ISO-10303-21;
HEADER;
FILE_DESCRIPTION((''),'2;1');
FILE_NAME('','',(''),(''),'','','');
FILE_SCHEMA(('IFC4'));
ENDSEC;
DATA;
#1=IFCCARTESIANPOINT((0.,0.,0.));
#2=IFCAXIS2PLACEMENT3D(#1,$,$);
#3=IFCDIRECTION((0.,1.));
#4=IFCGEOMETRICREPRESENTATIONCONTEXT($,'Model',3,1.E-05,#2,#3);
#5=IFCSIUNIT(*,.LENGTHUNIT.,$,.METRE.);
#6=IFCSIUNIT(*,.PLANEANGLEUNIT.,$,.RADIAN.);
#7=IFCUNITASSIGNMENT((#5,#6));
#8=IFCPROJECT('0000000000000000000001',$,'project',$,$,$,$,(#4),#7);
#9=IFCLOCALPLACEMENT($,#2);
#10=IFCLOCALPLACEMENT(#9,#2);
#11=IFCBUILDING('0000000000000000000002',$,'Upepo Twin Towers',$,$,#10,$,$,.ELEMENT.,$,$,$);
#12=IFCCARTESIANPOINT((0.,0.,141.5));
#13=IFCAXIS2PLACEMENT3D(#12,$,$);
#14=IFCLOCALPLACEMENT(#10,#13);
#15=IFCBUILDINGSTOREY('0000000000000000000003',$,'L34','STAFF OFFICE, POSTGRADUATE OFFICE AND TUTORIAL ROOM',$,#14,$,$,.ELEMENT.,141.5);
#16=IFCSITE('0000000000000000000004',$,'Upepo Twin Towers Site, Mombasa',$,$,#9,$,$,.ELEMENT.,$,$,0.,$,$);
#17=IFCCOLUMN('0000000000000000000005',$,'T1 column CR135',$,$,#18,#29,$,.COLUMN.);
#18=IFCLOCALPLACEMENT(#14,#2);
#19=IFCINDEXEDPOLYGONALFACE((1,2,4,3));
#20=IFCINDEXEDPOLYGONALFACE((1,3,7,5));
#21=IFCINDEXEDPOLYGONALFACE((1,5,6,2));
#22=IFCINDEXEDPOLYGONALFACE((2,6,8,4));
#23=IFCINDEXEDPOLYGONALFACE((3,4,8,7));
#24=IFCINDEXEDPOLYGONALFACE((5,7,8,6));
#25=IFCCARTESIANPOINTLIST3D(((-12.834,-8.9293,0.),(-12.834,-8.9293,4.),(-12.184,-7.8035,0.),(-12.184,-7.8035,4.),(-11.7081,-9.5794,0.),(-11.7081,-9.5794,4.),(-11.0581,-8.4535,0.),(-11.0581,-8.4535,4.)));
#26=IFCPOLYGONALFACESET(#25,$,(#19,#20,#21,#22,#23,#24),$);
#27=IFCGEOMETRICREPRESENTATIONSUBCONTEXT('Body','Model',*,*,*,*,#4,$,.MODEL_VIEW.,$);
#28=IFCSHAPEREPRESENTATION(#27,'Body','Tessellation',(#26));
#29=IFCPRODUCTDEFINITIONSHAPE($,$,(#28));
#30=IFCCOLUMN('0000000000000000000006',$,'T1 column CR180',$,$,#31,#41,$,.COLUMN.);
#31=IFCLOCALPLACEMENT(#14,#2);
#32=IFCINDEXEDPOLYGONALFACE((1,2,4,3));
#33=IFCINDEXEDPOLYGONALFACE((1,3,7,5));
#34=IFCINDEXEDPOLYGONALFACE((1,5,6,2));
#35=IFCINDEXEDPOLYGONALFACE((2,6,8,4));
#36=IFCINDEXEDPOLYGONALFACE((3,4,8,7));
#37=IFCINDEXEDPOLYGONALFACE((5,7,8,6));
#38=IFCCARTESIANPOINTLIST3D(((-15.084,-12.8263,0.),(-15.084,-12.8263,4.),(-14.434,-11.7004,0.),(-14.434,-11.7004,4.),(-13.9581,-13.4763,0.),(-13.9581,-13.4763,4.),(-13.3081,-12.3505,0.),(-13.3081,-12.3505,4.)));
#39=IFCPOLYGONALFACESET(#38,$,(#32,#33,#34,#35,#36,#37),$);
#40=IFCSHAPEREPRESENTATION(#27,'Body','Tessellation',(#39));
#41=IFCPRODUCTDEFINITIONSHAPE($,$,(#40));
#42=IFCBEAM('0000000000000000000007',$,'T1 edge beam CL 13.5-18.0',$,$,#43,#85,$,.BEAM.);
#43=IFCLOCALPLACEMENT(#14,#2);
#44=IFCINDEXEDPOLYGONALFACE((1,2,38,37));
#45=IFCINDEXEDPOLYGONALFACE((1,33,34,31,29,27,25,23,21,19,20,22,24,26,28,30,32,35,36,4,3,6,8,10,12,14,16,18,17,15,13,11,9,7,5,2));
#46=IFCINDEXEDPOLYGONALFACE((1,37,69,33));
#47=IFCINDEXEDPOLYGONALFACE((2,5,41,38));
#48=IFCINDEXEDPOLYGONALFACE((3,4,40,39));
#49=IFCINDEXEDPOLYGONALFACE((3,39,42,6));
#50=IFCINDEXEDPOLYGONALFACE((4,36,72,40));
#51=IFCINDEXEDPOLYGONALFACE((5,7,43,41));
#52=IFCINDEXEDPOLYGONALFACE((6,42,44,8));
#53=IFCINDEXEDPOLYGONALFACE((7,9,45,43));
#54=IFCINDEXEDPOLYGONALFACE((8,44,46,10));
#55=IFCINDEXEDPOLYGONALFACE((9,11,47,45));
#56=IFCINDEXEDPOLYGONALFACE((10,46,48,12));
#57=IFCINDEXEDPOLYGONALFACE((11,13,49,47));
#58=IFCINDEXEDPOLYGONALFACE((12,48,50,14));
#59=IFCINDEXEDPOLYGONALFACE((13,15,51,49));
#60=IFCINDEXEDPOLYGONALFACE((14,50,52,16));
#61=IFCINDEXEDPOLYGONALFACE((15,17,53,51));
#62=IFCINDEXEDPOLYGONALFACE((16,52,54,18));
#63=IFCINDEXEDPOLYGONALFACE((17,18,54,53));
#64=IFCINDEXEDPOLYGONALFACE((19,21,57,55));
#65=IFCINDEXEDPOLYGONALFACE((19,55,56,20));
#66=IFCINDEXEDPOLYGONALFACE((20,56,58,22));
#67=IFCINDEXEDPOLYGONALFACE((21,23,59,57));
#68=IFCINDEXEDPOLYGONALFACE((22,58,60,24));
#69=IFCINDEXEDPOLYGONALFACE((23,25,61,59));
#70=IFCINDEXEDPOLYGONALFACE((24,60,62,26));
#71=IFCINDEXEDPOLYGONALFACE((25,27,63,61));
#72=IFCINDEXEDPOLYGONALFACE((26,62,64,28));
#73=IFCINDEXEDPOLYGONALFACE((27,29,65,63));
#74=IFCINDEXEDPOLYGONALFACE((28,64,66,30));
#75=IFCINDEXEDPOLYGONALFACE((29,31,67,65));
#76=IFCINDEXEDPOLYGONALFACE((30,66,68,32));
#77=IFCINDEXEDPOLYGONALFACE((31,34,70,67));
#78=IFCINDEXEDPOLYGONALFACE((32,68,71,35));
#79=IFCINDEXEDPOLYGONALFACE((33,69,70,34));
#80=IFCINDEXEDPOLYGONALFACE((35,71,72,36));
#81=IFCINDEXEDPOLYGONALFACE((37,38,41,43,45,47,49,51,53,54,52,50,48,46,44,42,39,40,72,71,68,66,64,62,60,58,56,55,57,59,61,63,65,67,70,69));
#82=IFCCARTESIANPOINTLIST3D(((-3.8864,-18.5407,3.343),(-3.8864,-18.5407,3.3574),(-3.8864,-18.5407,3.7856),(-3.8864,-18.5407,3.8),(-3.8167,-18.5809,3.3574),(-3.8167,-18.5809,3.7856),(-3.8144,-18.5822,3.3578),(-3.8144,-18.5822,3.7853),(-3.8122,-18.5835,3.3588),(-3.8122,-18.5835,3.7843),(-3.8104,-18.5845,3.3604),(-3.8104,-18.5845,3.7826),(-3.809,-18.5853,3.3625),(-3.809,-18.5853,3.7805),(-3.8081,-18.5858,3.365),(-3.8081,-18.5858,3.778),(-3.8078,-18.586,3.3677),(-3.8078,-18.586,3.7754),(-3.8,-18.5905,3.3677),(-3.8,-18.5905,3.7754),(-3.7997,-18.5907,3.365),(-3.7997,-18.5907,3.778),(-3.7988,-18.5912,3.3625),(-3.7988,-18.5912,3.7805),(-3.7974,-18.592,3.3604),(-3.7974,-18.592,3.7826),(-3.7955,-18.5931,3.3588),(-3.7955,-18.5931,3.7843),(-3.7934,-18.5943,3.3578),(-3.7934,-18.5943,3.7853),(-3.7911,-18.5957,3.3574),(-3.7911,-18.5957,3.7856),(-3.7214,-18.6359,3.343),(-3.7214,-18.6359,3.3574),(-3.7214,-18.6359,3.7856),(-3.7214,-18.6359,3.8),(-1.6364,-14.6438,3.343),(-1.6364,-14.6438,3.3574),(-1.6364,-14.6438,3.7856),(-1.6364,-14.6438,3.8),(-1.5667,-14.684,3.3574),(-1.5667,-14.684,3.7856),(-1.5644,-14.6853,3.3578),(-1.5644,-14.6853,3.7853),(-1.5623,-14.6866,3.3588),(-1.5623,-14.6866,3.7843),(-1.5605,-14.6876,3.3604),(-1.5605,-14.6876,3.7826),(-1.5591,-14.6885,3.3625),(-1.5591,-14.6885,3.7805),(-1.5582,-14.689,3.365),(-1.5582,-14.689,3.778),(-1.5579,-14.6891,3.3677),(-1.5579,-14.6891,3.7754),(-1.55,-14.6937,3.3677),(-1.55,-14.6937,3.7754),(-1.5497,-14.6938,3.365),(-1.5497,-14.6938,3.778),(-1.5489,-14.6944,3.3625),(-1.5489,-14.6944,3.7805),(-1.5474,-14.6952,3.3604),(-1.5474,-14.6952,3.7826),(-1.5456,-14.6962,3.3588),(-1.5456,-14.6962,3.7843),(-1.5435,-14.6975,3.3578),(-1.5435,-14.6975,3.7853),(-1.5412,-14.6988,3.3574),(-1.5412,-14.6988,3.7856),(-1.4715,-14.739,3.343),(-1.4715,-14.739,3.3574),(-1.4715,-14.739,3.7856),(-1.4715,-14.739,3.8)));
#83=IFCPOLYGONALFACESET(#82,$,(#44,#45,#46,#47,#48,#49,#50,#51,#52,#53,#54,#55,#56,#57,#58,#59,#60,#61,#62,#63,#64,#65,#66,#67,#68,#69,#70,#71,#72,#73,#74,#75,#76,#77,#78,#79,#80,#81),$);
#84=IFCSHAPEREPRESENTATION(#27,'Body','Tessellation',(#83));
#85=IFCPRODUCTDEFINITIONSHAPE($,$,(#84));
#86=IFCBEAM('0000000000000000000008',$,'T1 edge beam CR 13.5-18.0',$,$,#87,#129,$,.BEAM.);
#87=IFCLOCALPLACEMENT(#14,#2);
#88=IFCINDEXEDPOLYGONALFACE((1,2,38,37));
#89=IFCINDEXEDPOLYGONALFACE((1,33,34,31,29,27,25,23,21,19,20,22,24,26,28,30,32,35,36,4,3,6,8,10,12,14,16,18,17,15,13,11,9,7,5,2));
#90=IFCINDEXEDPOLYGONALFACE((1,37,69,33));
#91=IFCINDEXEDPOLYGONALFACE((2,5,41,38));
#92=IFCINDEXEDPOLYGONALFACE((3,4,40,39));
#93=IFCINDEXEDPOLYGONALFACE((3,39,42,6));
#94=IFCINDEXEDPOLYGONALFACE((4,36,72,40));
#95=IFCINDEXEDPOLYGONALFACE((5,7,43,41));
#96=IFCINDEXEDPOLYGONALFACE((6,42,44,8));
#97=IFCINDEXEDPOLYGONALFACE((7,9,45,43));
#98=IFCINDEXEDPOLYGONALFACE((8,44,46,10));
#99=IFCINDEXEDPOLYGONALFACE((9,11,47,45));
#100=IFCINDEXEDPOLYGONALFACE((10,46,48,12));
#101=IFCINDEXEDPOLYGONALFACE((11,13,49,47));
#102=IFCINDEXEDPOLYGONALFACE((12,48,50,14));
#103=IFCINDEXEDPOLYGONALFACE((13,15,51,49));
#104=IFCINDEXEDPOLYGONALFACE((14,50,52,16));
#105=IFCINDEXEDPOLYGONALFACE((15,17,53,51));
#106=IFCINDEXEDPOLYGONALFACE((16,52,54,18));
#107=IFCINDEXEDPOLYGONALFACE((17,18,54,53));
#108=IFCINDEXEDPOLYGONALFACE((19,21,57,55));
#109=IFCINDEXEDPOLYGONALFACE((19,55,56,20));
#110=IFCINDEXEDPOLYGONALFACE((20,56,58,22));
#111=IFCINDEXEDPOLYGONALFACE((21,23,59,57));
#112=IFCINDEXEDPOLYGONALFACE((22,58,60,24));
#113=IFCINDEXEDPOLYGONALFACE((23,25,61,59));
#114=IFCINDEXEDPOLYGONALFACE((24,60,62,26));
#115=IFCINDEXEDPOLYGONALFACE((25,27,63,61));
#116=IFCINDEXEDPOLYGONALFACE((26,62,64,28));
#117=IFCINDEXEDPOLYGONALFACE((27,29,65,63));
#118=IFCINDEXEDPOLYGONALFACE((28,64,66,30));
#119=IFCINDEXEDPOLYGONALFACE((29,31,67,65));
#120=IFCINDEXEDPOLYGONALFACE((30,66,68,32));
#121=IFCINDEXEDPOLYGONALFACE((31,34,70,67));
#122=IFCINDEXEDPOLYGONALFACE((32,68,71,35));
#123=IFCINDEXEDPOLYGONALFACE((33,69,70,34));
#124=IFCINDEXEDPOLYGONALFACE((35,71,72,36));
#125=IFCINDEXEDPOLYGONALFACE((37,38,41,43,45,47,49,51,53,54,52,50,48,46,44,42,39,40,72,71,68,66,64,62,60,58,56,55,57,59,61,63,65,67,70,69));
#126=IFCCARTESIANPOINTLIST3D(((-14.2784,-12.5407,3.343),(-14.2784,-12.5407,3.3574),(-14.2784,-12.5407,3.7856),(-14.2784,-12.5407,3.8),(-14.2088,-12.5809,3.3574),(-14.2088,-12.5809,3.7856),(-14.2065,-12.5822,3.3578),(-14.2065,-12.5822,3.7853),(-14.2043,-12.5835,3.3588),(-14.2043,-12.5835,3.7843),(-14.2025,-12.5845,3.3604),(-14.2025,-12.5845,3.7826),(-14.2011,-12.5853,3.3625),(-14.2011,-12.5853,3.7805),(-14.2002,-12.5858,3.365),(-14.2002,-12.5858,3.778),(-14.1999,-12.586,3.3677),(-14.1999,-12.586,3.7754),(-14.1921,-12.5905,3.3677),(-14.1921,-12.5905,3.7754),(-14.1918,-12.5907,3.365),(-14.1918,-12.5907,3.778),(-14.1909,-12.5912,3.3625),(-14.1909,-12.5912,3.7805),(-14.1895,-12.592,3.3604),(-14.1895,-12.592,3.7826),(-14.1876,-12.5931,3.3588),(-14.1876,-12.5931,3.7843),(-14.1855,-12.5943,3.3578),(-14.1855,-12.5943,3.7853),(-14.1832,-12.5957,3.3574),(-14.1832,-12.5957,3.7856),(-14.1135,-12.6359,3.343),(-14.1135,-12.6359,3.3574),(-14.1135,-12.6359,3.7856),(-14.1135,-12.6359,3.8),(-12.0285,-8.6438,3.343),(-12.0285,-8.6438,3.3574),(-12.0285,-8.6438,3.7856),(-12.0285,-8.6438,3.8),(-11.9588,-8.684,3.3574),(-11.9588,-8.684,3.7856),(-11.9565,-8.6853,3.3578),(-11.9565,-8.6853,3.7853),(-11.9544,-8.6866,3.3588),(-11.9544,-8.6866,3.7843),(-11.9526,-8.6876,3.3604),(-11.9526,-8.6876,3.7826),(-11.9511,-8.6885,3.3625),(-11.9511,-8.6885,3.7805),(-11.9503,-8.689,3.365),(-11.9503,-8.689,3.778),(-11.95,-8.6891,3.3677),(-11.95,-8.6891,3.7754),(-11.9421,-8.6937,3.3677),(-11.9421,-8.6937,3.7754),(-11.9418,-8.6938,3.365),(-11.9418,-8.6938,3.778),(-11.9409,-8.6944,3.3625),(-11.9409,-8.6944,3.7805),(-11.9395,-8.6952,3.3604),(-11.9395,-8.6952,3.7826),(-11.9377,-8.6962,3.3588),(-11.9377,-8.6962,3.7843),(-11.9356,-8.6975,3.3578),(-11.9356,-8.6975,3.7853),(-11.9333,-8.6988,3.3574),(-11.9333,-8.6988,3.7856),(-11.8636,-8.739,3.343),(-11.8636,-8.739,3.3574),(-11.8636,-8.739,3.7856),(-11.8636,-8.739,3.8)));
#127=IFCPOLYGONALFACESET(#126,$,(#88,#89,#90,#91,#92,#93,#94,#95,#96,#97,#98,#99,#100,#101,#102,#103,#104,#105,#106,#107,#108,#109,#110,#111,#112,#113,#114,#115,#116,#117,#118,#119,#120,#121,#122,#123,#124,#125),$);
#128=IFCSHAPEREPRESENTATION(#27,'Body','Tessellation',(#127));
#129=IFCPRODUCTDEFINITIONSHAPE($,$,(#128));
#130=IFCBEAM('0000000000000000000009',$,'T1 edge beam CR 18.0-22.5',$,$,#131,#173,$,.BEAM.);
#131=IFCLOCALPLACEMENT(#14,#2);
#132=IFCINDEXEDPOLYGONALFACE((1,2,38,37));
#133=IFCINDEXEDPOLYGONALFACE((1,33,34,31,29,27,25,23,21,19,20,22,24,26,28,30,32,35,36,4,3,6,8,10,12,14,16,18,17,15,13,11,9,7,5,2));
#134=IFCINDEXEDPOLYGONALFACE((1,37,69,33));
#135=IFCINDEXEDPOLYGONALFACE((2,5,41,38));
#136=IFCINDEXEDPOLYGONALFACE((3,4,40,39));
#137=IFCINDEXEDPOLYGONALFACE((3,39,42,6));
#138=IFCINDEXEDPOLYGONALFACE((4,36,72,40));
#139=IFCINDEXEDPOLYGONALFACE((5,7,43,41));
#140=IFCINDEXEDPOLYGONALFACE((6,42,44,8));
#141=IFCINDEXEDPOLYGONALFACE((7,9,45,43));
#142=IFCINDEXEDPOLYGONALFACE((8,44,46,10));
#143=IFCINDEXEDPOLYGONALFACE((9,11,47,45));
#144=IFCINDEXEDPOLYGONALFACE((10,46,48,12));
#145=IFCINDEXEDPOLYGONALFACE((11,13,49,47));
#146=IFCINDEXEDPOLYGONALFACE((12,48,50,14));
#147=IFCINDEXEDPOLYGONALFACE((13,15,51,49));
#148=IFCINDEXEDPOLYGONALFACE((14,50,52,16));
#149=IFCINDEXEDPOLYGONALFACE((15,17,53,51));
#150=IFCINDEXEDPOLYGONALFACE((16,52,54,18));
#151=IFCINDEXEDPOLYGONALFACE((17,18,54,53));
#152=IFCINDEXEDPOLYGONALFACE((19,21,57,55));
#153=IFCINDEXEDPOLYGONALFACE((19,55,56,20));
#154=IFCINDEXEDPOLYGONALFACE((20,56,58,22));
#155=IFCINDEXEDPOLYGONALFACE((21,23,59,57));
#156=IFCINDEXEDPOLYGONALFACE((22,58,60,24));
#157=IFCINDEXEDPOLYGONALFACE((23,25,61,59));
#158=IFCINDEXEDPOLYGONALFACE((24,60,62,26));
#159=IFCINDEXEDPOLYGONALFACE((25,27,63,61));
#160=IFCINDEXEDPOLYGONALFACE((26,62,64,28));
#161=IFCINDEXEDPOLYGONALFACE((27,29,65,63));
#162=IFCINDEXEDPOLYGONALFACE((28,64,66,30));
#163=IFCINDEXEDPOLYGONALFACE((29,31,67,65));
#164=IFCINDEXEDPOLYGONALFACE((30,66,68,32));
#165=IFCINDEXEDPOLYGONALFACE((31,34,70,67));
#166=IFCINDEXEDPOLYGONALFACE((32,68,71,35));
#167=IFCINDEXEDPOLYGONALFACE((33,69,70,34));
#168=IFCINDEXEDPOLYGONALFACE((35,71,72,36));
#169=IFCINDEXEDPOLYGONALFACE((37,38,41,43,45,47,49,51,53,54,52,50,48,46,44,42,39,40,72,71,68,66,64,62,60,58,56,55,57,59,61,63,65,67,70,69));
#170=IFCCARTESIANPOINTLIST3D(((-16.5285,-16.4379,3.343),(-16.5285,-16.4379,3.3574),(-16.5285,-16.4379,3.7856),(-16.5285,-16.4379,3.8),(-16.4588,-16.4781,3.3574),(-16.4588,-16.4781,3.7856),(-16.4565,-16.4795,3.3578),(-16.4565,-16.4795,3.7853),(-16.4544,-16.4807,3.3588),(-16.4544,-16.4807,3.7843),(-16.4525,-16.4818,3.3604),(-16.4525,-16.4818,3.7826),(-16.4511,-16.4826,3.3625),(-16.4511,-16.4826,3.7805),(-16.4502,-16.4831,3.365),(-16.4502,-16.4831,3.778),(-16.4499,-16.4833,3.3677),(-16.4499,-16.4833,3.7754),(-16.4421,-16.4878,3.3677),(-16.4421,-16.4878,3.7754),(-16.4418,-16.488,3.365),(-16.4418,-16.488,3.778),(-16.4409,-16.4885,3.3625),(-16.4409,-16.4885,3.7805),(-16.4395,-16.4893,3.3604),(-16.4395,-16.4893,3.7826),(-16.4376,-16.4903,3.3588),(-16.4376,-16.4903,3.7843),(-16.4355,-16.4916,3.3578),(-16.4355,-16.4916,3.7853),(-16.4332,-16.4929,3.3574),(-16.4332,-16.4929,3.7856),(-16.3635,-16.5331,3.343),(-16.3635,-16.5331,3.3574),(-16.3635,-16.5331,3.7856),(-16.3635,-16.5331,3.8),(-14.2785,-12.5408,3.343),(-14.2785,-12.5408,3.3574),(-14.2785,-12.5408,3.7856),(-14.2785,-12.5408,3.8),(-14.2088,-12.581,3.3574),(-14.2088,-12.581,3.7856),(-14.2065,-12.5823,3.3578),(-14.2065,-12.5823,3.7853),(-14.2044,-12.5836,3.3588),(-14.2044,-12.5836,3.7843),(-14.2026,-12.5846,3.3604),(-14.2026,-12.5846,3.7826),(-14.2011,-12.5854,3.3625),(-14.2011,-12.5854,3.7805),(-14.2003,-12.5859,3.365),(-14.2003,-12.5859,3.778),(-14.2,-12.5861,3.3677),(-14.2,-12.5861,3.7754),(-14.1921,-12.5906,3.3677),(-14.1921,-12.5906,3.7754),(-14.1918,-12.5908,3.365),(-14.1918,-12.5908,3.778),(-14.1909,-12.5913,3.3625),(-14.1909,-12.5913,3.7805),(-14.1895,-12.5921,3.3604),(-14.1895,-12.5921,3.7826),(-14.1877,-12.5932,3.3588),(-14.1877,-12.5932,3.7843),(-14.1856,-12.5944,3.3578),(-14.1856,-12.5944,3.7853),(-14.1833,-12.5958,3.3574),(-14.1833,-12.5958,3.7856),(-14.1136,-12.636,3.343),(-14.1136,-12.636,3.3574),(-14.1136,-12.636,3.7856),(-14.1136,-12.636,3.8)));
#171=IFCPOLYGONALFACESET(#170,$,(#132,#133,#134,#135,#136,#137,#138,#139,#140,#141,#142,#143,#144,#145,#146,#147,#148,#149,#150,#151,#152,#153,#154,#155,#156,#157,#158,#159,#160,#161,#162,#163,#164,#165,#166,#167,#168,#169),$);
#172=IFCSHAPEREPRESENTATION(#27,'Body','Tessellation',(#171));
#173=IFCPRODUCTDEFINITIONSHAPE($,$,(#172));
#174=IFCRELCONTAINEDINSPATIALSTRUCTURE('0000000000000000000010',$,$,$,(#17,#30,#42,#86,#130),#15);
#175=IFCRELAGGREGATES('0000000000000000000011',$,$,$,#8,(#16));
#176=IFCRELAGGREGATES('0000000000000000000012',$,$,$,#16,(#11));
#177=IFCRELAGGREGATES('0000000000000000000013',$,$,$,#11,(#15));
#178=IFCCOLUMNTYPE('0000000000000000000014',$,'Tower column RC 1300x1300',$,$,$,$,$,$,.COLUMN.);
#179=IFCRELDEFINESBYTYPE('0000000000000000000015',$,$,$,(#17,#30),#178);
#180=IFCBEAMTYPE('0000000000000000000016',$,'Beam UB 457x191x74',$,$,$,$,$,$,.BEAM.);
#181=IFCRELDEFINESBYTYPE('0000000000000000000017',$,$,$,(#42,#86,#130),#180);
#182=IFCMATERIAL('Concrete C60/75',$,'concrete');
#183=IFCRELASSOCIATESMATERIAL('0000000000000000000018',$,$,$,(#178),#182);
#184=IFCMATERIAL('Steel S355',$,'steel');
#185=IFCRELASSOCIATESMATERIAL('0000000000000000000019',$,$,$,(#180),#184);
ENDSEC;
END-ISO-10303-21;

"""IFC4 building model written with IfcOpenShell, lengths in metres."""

from ifc_helpers import new_model, si_unit, direction, frame, origin, origin_2d, place, context, subcontext, project, spatial, rectangle, i_section, extrude, material, material_profile, profile_set, type_object, element, save


model = new_model("IFC4")

# Units and contexts
model_context = context("Model", 3, precision=1e-05, world=origin(), true_north=direction((0.0, 1.0)))
body_context = subcontext(model_context, "Body", "Model", "MODEL_VIEW")
ifc_project = project(units=[si_unit("LENGTHUNIT", "METRE"), si_unit("PLANEANGLEUNIT", "RADIAN")], contexts=[model_context])

# Site, building, storey
site_placement = place(None, origin())
site = spatial("IfcSite", under=ifc_project, at=site_placement, Name="Upepo Twin Towers Site, Mombasa", CompositionType="ELEMENT", RefElevation=0.0)
building_placement = place(site_placement, origin())
building = spatial("IfcBuilding", under=site, at=building_placement, Name="Upepo Twin Towers", CompositionType="ELEMENT")
storey_placement = place(building_placement, frame((0.0, 0.0, 141.5)))
storey = spatial("IfcBuildingStorey", under=building, at=storey_placement, Name="L34", Description="STAFF OFFICE, POSTGRADUATE OFFICE AND TUTORIAL ROOM", CompositionType="ELEMENT", Elevation=141.5)

# Columns
ifc_material_1 = material(Name="Concrete C60/75", Category="concrete")
ifc_material_profile_1 = material_profile(ifc_material_1, rectangle(XDim=1.3, YDim=1.3, at=origin_2d()), Name="RC 1300x1300")
ifc_profile_set_1 = profile_set([ifc_material_profile_1], Name="Concrete C60/75")
column_type = type_object("IfcColumnType", Name="Tower column RC 1300x1300", PredefinedType="COLUMN", material=ifc_profile_set_1)
for number, where, z_axis, x_axis, name in (
    (1, (-11.946, -8.6914, 0.0), (0.0, 0.0, 1.0), (0.5, 0.866025, 0.0), "T1 column CR135"),
    (2, (-14.196, -12.5884, 0.0), (0.0, 0.0, 1.0), (0.5, 0.866025, 0.0), "T1 column CR180"),
):
    element("IfcColumn", number, at=place(storey_placement, frame(where, z_axis=z_axis, x_axis=x_axis)), inside=storey, type_object=column_type, Name=name, PredefinedType="COLUMN", context=body_context, shape_type="SweptSolid", body=[
        extrude(rectangle(XDim=1.3, YDim=1.3, at=origin_2d()), origin(), (0.0, 0.0, 1.0), 4.0),
    ])

# Beams
ifc_material_2 = material(Name="Steel S355", Category="steel")
ifc_material_profile_2 = material_profile(ifc_material_2, i_section(OverallWidth=0.1904, OverallDepth=0.457, WebThickness=0.009, FlangeThickness=0.0144, FilletRadius=0.0103, at=origin_2d()), Name="UB 457x191x74")
ifc_profile_set_2 = profile_set([ifc_material_profile_2], Name="Steel S355")
beam_type_1 = type_object("IfcBeamType", Name="Beam UB 457x191x74", PredefinedType="BEAM", material=ifc_profile_set_2)
for number, where, z_axis, x_axis, name in (
    (3, (-1.554, -14.6914, 3.5715), (-0.500014, -0.866018, 0.0), (0.866018, -0.500014, 0.0), "T1 edge beam CL 13.5-18.0"),
    (4, (-11.946, -8.6914, 3.5715), (-0.500014, -0.866018, 0.0), (0.866018, -0.500014, 0.0), "T1 edge beam CR 13.5-18.0"),
):
    element("IfcBeam", number, at=place(storey_placement, frame(where, z_axis=z_axis, x_axis=x_axis)), inside=storey, type_object=beam_type_1, Name=name, PredefinedType="BEAM", context=body_context, shape_type="SweptSolid", body=[
        extrude(i_section(OverallWidth=0.1904, OverallDepth=0.457, WebThickness=0.009, FlangeThickness=0.0144, FilletRadius=0.0103, at=origin_2d()), origin(), (0.0, 0.0, 1.0), 4.4998),
    ])
beam_placement = place(storey_placement, frame((-14.196, -12.5884, 3.5715), z_axis=(-0.49999, -0.866031, 0.0), x_axis=(0.866031, -0.49999, 0.0)))
element("IfcBeam", 5, at=beam_placement, inside=storey, type_object=beam_type_1, Name="T1 edge beam CR 18.0-22.5", PredefinedType="BEAM", context=body_context, shape_type="SweptSolid", body=[
    extrude(i_section(OverallWidth=0.1904, OverallDepth=0.457, WebThickness=0.009, FlangeThickness=0.0144, FilletRadius=0.0103, at=origin_2d()), origin(), (0.0, 0.0, 1.0), 4.5),
])

save(model, "model.ifc")
